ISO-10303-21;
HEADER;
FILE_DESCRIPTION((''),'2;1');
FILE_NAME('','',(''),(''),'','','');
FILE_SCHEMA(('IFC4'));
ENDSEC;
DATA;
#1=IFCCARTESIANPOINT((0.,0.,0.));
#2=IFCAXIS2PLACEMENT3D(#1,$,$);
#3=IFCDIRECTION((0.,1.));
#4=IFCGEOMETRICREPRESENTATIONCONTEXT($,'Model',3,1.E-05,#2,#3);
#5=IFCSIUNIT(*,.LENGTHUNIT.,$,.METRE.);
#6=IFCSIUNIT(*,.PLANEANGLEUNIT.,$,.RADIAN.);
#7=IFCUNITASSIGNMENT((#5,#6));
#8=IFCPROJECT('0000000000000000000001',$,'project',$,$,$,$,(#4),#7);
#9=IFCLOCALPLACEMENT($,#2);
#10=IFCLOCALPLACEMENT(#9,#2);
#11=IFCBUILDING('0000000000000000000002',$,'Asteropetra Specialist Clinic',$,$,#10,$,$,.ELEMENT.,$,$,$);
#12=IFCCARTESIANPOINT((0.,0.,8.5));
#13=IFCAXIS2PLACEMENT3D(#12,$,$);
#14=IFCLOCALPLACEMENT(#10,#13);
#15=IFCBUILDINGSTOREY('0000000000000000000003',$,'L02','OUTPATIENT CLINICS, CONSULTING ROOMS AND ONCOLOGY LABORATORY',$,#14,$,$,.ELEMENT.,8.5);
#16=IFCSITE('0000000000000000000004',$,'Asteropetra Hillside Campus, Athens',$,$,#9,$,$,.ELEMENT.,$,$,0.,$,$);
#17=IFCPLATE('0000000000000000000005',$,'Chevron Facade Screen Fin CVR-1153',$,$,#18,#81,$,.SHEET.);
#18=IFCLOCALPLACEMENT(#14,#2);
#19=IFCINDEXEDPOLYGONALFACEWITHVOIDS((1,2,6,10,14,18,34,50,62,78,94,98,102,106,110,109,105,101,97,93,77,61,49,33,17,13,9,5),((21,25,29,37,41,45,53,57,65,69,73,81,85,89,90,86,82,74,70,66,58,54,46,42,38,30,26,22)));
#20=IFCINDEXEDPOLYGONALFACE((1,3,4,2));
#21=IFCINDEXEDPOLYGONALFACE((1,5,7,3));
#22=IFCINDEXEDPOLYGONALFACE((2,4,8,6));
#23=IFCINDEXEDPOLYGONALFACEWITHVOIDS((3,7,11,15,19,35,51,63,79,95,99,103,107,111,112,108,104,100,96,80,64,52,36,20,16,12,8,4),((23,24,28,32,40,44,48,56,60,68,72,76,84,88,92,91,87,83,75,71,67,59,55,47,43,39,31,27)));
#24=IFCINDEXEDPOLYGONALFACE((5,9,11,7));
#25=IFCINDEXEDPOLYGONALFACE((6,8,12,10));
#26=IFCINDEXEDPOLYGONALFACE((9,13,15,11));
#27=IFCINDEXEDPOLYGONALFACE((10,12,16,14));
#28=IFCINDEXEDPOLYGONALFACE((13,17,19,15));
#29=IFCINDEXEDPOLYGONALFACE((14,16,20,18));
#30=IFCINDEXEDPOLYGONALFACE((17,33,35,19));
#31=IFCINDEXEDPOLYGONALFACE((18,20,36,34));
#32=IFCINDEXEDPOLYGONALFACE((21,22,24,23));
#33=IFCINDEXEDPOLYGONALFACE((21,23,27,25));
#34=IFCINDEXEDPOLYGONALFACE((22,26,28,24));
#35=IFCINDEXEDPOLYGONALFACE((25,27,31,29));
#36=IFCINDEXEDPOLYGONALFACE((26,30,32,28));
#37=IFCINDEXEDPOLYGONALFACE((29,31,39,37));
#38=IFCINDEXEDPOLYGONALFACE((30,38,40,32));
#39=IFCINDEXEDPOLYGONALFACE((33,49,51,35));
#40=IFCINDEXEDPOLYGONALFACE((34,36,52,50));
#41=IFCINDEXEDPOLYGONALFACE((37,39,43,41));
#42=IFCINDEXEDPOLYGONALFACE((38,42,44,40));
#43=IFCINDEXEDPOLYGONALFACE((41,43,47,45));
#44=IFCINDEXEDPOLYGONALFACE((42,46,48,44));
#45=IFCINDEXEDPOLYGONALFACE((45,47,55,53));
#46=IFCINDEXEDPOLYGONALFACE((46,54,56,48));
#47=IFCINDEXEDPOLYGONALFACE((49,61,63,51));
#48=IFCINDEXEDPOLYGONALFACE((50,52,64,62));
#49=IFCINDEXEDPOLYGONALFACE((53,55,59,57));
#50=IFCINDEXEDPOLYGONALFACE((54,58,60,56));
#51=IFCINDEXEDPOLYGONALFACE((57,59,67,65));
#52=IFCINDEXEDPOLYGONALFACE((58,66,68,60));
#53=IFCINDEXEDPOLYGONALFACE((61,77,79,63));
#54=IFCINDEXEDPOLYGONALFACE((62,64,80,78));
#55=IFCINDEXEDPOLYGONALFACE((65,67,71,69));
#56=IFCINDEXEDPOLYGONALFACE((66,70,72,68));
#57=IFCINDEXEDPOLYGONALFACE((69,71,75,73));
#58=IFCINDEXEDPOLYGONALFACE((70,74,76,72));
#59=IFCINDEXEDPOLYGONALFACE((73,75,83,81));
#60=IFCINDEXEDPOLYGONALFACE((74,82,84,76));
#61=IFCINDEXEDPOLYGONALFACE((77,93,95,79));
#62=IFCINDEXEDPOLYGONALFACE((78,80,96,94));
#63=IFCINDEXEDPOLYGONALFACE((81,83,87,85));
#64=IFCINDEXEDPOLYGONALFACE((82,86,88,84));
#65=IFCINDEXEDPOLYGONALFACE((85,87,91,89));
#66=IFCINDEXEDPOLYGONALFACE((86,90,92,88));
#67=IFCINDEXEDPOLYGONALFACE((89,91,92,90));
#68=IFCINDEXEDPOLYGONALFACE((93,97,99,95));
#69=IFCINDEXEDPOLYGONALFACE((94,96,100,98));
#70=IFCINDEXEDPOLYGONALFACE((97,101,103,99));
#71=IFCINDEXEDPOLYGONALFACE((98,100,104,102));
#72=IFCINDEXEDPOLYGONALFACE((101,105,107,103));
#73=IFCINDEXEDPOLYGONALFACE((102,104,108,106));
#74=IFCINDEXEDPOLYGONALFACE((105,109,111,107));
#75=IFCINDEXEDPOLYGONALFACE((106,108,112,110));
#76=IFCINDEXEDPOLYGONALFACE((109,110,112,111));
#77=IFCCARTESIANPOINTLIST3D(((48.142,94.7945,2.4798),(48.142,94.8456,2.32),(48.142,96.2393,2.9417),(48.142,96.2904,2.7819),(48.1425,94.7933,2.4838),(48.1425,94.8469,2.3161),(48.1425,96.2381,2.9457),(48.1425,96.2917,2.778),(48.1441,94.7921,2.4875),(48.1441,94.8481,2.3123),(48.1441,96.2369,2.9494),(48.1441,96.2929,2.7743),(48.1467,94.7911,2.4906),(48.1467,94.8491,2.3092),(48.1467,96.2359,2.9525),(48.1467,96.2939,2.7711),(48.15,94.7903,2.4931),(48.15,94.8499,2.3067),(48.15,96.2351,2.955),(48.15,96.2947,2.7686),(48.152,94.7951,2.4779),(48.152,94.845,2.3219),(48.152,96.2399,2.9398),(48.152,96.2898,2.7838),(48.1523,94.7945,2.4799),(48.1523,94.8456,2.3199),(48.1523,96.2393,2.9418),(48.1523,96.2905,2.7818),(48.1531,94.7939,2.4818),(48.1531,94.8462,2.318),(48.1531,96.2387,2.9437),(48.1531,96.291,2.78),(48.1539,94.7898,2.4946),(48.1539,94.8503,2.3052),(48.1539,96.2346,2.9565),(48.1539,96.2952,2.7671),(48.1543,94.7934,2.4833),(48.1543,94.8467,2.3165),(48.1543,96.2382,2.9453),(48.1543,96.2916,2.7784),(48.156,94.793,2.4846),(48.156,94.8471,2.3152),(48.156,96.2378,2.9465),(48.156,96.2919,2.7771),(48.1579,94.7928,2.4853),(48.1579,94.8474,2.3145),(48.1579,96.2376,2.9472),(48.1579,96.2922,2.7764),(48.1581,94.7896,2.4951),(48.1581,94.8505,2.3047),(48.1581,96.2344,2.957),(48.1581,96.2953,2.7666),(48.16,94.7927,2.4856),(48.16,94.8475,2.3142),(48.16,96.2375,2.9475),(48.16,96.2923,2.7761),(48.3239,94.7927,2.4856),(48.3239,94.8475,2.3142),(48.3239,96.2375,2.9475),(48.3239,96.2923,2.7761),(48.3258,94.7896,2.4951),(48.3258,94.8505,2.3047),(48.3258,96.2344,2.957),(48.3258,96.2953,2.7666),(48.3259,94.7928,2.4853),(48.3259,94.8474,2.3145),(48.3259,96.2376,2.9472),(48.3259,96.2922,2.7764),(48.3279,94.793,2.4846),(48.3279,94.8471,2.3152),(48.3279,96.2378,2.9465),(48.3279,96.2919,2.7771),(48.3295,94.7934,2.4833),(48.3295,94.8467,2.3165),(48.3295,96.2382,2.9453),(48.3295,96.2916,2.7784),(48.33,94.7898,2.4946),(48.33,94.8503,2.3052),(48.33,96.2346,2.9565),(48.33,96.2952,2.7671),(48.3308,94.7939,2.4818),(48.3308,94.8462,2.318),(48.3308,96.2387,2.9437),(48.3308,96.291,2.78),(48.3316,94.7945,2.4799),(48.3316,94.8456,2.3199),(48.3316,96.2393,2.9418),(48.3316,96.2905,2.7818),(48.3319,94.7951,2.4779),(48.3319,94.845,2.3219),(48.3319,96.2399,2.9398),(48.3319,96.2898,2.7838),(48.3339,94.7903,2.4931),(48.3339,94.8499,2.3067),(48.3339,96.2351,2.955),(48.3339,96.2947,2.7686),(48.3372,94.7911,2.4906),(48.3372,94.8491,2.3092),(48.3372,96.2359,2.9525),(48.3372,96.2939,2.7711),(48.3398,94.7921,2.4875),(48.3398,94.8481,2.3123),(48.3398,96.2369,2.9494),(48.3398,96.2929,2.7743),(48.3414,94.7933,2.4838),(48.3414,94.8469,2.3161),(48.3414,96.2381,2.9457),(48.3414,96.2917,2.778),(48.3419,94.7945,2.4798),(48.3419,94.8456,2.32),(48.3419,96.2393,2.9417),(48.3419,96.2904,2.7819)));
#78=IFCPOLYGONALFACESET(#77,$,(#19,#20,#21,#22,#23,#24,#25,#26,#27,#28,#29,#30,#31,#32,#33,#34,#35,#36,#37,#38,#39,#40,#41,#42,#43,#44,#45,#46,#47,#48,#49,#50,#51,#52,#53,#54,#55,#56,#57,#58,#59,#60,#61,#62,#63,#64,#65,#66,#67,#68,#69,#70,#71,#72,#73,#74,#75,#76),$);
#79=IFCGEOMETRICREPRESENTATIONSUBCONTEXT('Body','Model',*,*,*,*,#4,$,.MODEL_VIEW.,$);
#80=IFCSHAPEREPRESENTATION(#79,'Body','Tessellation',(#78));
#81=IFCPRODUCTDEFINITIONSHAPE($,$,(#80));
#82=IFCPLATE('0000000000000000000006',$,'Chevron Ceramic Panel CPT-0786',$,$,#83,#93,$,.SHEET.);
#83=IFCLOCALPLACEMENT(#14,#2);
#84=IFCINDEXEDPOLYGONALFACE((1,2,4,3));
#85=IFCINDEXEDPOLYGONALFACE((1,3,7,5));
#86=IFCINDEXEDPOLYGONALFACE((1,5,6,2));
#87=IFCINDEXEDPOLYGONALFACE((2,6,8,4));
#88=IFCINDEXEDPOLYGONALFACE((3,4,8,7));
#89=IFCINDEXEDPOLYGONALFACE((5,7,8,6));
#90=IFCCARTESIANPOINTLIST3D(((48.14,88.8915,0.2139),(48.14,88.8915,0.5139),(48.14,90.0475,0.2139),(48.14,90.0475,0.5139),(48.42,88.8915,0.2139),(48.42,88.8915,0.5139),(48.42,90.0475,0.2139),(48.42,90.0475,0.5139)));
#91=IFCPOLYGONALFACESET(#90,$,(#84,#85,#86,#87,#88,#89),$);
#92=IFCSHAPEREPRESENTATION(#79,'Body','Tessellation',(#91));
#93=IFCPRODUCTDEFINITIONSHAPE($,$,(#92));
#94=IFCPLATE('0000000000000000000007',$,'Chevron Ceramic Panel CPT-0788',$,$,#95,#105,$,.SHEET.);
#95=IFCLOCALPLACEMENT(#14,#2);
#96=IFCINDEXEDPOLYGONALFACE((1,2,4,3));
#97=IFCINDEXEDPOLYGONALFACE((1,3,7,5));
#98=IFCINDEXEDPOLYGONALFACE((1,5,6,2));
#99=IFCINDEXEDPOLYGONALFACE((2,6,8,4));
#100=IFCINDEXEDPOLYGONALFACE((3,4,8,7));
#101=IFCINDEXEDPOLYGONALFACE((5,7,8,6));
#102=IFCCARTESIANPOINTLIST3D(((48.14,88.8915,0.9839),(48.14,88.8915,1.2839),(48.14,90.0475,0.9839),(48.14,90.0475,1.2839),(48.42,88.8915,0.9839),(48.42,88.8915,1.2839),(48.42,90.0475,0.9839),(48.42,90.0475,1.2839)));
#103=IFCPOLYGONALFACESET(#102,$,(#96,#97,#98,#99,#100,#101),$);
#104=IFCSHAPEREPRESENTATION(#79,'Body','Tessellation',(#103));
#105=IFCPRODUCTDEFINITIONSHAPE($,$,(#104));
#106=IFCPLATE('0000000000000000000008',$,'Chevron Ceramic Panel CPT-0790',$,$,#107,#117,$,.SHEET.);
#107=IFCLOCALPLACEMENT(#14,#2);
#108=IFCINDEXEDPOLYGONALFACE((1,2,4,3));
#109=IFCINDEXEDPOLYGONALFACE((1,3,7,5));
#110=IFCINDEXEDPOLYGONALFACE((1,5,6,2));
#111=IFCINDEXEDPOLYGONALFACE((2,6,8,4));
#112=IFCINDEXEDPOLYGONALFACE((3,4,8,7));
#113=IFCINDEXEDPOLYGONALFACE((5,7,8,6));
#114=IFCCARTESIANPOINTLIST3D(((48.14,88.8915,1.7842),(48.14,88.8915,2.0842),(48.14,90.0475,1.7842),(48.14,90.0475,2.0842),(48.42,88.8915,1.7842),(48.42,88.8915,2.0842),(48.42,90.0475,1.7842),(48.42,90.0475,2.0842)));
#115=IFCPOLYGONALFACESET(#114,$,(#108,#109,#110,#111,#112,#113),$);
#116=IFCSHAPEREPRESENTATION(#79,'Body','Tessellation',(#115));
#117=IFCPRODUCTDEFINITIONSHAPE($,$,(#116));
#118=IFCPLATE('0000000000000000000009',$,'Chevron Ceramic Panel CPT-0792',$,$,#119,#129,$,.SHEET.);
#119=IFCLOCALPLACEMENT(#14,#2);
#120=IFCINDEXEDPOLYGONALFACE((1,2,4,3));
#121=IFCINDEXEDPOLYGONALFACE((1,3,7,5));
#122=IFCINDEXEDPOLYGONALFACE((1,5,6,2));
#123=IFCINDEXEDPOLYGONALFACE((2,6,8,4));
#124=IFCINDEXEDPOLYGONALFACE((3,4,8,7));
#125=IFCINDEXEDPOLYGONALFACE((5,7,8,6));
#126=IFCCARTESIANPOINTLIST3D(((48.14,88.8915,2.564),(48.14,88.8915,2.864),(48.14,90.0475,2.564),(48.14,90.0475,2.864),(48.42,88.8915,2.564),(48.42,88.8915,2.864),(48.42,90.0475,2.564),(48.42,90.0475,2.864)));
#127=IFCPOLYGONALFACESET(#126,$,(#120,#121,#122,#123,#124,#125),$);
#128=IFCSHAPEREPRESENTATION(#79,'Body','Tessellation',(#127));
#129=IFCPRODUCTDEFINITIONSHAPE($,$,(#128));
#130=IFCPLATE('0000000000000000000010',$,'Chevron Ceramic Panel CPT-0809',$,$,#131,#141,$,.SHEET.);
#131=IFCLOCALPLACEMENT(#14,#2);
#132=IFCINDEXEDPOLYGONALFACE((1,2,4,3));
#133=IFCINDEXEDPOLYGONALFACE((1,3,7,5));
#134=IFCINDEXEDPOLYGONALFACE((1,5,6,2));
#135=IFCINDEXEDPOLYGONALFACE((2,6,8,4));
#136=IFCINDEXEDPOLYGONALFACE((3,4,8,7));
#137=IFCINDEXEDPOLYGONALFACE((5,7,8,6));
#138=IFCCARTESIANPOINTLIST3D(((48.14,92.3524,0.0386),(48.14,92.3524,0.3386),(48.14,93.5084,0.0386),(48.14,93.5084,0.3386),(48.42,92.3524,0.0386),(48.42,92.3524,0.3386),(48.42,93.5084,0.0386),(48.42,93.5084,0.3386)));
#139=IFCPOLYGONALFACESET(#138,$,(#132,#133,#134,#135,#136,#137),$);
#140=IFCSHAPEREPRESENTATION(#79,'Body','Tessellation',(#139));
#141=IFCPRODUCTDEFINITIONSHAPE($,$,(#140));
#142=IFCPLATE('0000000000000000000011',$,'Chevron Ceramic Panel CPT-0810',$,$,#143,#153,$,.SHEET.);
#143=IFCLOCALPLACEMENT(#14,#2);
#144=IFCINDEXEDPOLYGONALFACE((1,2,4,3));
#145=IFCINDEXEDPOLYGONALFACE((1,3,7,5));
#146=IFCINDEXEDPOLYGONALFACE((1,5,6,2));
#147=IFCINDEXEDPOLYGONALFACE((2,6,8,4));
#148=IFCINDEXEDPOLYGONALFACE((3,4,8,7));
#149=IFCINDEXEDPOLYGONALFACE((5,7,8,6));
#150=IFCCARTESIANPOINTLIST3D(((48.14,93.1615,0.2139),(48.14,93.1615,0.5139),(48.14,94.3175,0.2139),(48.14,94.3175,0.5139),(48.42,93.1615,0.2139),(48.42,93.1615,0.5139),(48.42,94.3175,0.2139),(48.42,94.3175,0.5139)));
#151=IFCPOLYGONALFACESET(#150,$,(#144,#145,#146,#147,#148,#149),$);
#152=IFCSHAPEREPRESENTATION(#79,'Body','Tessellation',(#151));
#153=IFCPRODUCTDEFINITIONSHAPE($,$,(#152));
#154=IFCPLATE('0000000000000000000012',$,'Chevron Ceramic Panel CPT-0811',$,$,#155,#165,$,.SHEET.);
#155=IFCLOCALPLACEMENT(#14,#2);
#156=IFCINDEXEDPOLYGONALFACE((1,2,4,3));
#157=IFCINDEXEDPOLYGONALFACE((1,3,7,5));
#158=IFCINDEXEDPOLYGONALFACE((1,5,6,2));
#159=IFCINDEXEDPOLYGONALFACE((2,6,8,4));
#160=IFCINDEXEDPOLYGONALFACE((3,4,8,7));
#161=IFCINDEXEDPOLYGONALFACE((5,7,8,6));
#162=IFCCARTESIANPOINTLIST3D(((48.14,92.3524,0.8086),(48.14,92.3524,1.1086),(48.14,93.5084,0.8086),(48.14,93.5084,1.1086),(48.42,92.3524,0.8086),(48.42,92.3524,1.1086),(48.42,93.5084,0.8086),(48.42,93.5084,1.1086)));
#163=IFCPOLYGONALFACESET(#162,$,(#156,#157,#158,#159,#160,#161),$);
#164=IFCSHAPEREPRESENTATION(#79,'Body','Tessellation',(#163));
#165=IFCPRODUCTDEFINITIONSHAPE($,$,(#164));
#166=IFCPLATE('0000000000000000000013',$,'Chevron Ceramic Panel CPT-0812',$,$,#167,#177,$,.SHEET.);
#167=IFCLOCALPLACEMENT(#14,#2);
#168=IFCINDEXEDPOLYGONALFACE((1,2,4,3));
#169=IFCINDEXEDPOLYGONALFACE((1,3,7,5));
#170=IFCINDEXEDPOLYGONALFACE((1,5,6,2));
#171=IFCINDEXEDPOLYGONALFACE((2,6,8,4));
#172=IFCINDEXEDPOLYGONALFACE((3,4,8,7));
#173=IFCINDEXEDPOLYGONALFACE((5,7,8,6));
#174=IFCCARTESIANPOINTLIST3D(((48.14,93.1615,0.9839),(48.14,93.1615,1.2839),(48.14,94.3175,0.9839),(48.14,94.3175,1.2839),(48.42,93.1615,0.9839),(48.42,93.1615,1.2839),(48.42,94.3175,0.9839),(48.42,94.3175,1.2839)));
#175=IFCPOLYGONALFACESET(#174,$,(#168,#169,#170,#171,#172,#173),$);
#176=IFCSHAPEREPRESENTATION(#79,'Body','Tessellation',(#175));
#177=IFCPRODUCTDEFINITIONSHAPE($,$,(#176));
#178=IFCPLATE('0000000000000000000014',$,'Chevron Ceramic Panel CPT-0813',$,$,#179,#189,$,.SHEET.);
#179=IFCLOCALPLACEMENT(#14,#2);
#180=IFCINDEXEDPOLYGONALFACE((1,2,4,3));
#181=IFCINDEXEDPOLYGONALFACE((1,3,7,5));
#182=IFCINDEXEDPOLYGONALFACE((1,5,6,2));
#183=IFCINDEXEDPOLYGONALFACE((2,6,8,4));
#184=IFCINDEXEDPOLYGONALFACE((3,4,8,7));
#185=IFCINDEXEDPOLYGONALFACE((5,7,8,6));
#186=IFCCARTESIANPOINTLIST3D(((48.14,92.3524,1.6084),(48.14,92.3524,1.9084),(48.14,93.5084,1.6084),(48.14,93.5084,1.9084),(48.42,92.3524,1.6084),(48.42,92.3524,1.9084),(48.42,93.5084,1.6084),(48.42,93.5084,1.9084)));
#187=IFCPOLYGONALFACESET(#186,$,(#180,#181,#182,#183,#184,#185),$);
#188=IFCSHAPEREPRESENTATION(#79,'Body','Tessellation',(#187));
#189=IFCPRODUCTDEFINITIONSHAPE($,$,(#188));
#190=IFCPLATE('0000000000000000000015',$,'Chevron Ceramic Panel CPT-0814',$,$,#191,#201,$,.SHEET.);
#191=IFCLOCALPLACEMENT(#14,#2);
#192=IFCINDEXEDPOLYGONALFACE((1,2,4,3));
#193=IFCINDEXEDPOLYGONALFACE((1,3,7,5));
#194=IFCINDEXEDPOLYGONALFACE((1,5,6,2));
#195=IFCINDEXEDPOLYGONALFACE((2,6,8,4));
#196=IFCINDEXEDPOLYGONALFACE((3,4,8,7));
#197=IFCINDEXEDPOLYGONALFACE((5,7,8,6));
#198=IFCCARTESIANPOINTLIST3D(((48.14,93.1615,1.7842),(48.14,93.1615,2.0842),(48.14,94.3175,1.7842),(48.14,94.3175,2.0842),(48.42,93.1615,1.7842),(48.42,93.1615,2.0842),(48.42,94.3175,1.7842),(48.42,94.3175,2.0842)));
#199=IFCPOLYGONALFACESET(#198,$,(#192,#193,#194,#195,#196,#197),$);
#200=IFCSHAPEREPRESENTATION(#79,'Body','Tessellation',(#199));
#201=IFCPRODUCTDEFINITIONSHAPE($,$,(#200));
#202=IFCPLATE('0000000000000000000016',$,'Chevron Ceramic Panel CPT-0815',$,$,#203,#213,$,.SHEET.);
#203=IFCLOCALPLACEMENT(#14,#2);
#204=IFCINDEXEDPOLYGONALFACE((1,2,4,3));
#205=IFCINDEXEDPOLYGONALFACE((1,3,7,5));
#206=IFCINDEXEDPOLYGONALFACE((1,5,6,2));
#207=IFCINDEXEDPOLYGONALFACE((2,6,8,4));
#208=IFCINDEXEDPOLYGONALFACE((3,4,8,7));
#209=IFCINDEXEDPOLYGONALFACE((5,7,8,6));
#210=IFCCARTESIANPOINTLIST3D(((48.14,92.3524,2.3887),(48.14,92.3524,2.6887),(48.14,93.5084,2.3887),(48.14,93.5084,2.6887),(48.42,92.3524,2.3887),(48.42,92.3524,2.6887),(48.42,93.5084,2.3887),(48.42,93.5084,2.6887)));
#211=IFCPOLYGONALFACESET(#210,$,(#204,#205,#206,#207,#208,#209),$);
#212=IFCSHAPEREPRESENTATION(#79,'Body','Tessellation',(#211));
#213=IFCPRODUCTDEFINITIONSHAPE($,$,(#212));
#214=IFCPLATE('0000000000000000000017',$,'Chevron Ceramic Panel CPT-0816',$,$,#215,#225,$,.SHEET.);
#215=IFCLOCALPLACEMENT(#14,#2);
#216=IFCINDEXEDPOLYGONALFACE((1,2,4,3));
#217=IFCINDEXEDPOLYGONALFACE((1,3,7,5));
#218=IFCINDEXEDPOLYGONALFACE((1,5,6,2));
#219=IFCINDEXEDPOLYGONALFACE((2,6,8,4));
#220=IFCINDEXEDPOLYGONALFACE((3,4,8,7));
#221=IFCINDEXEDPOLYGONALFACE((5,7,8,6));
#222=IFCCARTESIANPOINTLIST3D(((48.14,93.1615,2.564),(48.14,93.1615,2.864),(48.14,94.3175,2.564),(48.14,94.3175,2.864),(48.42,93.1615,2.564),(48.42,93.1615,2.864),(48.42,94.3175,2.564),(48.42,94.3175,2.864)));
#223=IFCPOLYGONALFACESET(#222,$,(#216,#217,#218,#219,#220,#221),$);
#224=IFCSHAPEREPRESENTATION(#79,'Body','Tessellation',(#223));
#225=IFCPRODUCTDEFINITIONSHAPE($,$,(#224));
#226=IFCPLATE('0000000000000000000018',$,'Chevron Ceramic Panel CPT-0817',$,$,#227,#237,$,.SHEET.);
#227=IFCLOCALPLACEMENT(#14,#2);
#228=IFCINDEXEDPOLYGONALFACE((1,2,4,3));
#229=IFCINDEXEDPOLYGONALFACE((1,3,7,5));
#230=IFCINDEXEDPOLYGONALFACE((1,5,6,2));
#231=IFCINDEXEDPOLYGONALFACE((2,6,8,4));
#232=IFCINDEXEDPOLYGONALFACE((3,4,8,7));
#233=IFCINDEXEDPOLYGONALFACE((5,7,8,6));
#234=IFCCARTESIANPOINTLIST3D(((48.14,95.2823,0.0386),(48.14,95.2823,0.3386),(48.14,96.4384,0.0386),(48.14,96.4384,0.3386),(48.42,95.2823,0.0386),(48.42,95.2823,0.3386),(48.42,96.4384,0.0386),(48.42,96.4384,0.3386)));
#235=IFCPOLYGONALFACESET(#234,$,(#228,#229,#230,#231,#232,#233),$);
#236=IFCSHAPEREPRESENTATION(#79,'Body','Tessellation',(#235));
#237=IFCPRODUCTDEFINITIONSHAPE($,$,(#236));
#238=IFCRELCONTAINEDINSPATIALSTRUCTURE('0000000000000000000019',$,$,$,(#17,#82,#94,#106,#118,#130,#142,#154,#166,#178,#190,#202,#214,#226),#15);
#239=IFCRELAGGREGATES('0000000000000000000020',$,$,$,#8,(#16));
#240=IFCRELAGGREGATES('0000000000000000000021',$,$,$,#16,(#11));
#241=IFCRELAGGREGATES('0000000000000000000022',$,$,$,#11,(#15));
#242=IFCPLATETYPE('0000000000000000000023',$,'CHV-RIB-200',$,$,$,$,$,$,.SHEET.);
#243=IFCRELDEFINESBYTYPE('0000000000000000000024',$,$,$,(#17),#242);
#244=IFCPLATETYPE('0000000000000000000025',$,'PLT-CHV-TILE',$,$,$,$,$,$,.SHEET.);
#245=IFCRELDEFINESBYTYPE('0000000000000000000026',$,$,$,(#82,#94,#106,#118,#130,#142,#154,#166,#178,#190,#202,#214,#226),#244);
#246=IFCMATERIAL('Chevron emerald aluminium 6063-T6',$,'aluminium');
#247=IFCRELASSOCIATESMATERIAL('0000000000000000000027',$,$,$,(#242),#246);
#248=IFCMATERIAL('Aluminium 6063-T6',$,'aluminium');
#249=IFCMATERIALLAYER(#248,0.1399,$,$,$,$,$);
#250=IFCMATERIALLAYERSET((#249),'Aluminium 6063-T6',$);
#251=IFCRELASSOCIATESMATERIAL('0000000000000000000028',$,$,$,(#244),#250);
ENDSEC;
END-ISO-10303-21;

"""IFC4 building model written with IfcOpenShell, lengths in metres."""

from ifc_helpers import new_model, si_unit, direction, frame, origin, origin_2d, place, context, subcontext, project, spatial, rectangle, hollow_rectangle, extrude, material, layer, layer_set, material_profile, profile_set, type_object, element, save


model = new_model("IFC4")

# Units and contexts
model_context = context("Model", 3, precision=1e-05, world=origin(), true_north=direction((0.0, 1.0)))
body_context = subcontext(model_context, "Body", "Model", "MODEL_VIEW")
ifc_project = project(units=[si_unit("LENGTHUNIT", "METRE"), si_unit("PLANEANGLEUNIT", "RADIAN")], contexts=[model_context])

# Site, building, storey
site_placement = place(None, origin())
site = spatial("IfcSite", under=ifc_project, at=site_placement, Name="Asteropetra Hillside Campus, Athens", CompositionType="ELEMENT", RefElevation=0.0)
building_placement = place(site_placement, origin())
building = spatial("IfcBuilding", under=site, at=building_placement, Name="Asteropetra Specialist Clinic", CompositionType="ELEMENT")
storey_placement = place(building_placement, frame((0.0, 0.0, 8.5)))
storey = spatial("IfcBuildingStorey", under=building, at=storey_placement, Name="L02", Description="OUTPATIENT CLINICS, CONSULTING ROOMS AND ONCOLOGY LABORATORY", CompositionType="ELEMENT", Elevation=8.5)

# Plates
ifc_material_1 = material(Name="Chevron emerald aluminium 6063-T6", Category="aluminium")
ifc_material_profile_1 = material_profile(ifc_material_1, hollow_rectangle(XDim=0.2, YDim=0.2, WallThickness=0.01, InnerFilletRadius=0.0081, OuterFilletRadius=0.0161, at=origin_2d()), Name="SHS 200x200x10.0")
ifc_profile_set_1 = profile_set([ifc_material_profile_1], Name="Chevron emerald aluminium 6063-T6")
plate_type_1 = type_object("IfcPlateType", Name="CHV-RIB-200", PredefinedType="SHEET", material=ifc_profile_set_1)
for number, where, z_axis, x_axis, name in (
    (1, (48.2419, 94.8201, 2.3999), (0.0, 0.952506, 0.304519), (-1.0, 0.0, 0.0), "Chevron Facade Screen Fin CVR-1153"),
):
    element("IfcPlate", number, at=place(storey_placement, frame(where, z_axis=z_axis, x_axis=x_axis)), inside=storey, type_object=plate_type_1, Name=name, PredefinedType="SHEET", context=body_context, shape_type="SweptSolid", body=[
        extrude(hollow_rectangle(XDim=0.2, YDim=0.2, WallThickness=0.01, InnerFilletRadius=0.0081, OuterFilletRadius=0.0161, at=origin_2d()), origin(), (0.0, 0.0, 1.0), 1.5168),
    ])
ifc_material_2 = material(Name="Aluminium 6063-T6", Category="aluminium")
ifc_layer_1 = layer(ifc_material_2, 0.1399)
ifc_layer_set_1 = layer_set([ifc_layer_1], Name="Aluminium 6063-T6")
plate_type_2 = type_object("IfcPlateType", Name="PLT-CHV-TILE", PredefinedType="SHEET", material=ifc_layer_set_1)
for number, where, z_axis, x_axis, name in (
    (2, (48.28, 89.4695, 0.2139), (0.0, 0.0, 1.0), (1.0, 0.0, 0.0), "Chevron Ceramic Panel CPT-0786"),
    (3, (48.28, 89.4695, 0.9839), (0.0, 0.0, 1.0), (1.0, 0.0, 0.0), "Chevron Ceramic Panel CPT-0788"),
    (4, (48.28, 89.4695, 1.7842), (0.0, 0.0, 1.0), (1.0, 0.0, 0.0), "Chevron Ceramic Panel CPT-0790"),
    (5, (48.28, 89.4695, 2.564), (0.0, 0.0, 1.0), (1.0, 0.0, 0.0), "Chevron Ceramic Panel CPT-0792"),
    (6, (48.28, 92.9304, 0.0386), (0.0, 0.0, 1.0), (1.0, 0.0, 0.0), "Chevron Ceramic Panel CPT-0809"),
    (7, (48.28, 93.7395, 0.2139), (0.0, 0.0, 1.0), (1.0, 0.0, 0.0), "Chevron Ceramic Panel CPT-0810"),
    (8, (48.28, 92.9304, 0.8086), (0.0, 0.0, 1.0), (1.0, 0.0, 0.0), "Chevron Ceramic Panel CPT-0811"),
    (9, (48.28, 93.7395, 0.9839), (0.0, 0.0, 1.0), (1.0, 0.0, 0.0), "Chevron Ceramic Panel CPT-0812"),
    (10, (48.28, 92.9304, 1.6084), (0.0, 0.0, 1.0), (1.0, 0.0, 0.0), "Chevron Ceramic Panel CPT-0813"),
    (11, (48.28, 93.7395, 1.7842), (0.0, 0.0, 1.0), (1.0, 0.0, 0.0), "Chevron Ceramic Panel CPT-0814"),
    (12, (48.28, 92.9304, 2.3887), (0.0, 0.0, 1.0), (1.0, 0.0, 0.0), "Chevron Ceramic Panel CPT-0815"),
    (13, (48.28, 93.7395, 2.564), (0.0, 0.0, 1.0), (1.0, 0.0, 0.0), "Chevron Ceramic Panel CPT-0816"),
    (14, (48.28, 95.8604, 0.0386), (0.0, 0.0, 1.0), (1.0, 0.0, 0.0), "Chevron Ceramic Panel CPT-0817"),
):
    element("IfcPlate", number, at=place(storey_placement, frame(where, z_axis=z_axis, x_axis=x_axis)), inside=storey, type_object=plate_type_2, Name=name, PredefinedType="SHEET", context=body_context, shape_type="SweptSolid", body=[
        extrude(rectangle(XDim=0.28, YDim=1.156, at=origin_2d()), origin(), (0.0, 0.0, 1.0), 0.3),
    ])

save(model, "model.ifc")
